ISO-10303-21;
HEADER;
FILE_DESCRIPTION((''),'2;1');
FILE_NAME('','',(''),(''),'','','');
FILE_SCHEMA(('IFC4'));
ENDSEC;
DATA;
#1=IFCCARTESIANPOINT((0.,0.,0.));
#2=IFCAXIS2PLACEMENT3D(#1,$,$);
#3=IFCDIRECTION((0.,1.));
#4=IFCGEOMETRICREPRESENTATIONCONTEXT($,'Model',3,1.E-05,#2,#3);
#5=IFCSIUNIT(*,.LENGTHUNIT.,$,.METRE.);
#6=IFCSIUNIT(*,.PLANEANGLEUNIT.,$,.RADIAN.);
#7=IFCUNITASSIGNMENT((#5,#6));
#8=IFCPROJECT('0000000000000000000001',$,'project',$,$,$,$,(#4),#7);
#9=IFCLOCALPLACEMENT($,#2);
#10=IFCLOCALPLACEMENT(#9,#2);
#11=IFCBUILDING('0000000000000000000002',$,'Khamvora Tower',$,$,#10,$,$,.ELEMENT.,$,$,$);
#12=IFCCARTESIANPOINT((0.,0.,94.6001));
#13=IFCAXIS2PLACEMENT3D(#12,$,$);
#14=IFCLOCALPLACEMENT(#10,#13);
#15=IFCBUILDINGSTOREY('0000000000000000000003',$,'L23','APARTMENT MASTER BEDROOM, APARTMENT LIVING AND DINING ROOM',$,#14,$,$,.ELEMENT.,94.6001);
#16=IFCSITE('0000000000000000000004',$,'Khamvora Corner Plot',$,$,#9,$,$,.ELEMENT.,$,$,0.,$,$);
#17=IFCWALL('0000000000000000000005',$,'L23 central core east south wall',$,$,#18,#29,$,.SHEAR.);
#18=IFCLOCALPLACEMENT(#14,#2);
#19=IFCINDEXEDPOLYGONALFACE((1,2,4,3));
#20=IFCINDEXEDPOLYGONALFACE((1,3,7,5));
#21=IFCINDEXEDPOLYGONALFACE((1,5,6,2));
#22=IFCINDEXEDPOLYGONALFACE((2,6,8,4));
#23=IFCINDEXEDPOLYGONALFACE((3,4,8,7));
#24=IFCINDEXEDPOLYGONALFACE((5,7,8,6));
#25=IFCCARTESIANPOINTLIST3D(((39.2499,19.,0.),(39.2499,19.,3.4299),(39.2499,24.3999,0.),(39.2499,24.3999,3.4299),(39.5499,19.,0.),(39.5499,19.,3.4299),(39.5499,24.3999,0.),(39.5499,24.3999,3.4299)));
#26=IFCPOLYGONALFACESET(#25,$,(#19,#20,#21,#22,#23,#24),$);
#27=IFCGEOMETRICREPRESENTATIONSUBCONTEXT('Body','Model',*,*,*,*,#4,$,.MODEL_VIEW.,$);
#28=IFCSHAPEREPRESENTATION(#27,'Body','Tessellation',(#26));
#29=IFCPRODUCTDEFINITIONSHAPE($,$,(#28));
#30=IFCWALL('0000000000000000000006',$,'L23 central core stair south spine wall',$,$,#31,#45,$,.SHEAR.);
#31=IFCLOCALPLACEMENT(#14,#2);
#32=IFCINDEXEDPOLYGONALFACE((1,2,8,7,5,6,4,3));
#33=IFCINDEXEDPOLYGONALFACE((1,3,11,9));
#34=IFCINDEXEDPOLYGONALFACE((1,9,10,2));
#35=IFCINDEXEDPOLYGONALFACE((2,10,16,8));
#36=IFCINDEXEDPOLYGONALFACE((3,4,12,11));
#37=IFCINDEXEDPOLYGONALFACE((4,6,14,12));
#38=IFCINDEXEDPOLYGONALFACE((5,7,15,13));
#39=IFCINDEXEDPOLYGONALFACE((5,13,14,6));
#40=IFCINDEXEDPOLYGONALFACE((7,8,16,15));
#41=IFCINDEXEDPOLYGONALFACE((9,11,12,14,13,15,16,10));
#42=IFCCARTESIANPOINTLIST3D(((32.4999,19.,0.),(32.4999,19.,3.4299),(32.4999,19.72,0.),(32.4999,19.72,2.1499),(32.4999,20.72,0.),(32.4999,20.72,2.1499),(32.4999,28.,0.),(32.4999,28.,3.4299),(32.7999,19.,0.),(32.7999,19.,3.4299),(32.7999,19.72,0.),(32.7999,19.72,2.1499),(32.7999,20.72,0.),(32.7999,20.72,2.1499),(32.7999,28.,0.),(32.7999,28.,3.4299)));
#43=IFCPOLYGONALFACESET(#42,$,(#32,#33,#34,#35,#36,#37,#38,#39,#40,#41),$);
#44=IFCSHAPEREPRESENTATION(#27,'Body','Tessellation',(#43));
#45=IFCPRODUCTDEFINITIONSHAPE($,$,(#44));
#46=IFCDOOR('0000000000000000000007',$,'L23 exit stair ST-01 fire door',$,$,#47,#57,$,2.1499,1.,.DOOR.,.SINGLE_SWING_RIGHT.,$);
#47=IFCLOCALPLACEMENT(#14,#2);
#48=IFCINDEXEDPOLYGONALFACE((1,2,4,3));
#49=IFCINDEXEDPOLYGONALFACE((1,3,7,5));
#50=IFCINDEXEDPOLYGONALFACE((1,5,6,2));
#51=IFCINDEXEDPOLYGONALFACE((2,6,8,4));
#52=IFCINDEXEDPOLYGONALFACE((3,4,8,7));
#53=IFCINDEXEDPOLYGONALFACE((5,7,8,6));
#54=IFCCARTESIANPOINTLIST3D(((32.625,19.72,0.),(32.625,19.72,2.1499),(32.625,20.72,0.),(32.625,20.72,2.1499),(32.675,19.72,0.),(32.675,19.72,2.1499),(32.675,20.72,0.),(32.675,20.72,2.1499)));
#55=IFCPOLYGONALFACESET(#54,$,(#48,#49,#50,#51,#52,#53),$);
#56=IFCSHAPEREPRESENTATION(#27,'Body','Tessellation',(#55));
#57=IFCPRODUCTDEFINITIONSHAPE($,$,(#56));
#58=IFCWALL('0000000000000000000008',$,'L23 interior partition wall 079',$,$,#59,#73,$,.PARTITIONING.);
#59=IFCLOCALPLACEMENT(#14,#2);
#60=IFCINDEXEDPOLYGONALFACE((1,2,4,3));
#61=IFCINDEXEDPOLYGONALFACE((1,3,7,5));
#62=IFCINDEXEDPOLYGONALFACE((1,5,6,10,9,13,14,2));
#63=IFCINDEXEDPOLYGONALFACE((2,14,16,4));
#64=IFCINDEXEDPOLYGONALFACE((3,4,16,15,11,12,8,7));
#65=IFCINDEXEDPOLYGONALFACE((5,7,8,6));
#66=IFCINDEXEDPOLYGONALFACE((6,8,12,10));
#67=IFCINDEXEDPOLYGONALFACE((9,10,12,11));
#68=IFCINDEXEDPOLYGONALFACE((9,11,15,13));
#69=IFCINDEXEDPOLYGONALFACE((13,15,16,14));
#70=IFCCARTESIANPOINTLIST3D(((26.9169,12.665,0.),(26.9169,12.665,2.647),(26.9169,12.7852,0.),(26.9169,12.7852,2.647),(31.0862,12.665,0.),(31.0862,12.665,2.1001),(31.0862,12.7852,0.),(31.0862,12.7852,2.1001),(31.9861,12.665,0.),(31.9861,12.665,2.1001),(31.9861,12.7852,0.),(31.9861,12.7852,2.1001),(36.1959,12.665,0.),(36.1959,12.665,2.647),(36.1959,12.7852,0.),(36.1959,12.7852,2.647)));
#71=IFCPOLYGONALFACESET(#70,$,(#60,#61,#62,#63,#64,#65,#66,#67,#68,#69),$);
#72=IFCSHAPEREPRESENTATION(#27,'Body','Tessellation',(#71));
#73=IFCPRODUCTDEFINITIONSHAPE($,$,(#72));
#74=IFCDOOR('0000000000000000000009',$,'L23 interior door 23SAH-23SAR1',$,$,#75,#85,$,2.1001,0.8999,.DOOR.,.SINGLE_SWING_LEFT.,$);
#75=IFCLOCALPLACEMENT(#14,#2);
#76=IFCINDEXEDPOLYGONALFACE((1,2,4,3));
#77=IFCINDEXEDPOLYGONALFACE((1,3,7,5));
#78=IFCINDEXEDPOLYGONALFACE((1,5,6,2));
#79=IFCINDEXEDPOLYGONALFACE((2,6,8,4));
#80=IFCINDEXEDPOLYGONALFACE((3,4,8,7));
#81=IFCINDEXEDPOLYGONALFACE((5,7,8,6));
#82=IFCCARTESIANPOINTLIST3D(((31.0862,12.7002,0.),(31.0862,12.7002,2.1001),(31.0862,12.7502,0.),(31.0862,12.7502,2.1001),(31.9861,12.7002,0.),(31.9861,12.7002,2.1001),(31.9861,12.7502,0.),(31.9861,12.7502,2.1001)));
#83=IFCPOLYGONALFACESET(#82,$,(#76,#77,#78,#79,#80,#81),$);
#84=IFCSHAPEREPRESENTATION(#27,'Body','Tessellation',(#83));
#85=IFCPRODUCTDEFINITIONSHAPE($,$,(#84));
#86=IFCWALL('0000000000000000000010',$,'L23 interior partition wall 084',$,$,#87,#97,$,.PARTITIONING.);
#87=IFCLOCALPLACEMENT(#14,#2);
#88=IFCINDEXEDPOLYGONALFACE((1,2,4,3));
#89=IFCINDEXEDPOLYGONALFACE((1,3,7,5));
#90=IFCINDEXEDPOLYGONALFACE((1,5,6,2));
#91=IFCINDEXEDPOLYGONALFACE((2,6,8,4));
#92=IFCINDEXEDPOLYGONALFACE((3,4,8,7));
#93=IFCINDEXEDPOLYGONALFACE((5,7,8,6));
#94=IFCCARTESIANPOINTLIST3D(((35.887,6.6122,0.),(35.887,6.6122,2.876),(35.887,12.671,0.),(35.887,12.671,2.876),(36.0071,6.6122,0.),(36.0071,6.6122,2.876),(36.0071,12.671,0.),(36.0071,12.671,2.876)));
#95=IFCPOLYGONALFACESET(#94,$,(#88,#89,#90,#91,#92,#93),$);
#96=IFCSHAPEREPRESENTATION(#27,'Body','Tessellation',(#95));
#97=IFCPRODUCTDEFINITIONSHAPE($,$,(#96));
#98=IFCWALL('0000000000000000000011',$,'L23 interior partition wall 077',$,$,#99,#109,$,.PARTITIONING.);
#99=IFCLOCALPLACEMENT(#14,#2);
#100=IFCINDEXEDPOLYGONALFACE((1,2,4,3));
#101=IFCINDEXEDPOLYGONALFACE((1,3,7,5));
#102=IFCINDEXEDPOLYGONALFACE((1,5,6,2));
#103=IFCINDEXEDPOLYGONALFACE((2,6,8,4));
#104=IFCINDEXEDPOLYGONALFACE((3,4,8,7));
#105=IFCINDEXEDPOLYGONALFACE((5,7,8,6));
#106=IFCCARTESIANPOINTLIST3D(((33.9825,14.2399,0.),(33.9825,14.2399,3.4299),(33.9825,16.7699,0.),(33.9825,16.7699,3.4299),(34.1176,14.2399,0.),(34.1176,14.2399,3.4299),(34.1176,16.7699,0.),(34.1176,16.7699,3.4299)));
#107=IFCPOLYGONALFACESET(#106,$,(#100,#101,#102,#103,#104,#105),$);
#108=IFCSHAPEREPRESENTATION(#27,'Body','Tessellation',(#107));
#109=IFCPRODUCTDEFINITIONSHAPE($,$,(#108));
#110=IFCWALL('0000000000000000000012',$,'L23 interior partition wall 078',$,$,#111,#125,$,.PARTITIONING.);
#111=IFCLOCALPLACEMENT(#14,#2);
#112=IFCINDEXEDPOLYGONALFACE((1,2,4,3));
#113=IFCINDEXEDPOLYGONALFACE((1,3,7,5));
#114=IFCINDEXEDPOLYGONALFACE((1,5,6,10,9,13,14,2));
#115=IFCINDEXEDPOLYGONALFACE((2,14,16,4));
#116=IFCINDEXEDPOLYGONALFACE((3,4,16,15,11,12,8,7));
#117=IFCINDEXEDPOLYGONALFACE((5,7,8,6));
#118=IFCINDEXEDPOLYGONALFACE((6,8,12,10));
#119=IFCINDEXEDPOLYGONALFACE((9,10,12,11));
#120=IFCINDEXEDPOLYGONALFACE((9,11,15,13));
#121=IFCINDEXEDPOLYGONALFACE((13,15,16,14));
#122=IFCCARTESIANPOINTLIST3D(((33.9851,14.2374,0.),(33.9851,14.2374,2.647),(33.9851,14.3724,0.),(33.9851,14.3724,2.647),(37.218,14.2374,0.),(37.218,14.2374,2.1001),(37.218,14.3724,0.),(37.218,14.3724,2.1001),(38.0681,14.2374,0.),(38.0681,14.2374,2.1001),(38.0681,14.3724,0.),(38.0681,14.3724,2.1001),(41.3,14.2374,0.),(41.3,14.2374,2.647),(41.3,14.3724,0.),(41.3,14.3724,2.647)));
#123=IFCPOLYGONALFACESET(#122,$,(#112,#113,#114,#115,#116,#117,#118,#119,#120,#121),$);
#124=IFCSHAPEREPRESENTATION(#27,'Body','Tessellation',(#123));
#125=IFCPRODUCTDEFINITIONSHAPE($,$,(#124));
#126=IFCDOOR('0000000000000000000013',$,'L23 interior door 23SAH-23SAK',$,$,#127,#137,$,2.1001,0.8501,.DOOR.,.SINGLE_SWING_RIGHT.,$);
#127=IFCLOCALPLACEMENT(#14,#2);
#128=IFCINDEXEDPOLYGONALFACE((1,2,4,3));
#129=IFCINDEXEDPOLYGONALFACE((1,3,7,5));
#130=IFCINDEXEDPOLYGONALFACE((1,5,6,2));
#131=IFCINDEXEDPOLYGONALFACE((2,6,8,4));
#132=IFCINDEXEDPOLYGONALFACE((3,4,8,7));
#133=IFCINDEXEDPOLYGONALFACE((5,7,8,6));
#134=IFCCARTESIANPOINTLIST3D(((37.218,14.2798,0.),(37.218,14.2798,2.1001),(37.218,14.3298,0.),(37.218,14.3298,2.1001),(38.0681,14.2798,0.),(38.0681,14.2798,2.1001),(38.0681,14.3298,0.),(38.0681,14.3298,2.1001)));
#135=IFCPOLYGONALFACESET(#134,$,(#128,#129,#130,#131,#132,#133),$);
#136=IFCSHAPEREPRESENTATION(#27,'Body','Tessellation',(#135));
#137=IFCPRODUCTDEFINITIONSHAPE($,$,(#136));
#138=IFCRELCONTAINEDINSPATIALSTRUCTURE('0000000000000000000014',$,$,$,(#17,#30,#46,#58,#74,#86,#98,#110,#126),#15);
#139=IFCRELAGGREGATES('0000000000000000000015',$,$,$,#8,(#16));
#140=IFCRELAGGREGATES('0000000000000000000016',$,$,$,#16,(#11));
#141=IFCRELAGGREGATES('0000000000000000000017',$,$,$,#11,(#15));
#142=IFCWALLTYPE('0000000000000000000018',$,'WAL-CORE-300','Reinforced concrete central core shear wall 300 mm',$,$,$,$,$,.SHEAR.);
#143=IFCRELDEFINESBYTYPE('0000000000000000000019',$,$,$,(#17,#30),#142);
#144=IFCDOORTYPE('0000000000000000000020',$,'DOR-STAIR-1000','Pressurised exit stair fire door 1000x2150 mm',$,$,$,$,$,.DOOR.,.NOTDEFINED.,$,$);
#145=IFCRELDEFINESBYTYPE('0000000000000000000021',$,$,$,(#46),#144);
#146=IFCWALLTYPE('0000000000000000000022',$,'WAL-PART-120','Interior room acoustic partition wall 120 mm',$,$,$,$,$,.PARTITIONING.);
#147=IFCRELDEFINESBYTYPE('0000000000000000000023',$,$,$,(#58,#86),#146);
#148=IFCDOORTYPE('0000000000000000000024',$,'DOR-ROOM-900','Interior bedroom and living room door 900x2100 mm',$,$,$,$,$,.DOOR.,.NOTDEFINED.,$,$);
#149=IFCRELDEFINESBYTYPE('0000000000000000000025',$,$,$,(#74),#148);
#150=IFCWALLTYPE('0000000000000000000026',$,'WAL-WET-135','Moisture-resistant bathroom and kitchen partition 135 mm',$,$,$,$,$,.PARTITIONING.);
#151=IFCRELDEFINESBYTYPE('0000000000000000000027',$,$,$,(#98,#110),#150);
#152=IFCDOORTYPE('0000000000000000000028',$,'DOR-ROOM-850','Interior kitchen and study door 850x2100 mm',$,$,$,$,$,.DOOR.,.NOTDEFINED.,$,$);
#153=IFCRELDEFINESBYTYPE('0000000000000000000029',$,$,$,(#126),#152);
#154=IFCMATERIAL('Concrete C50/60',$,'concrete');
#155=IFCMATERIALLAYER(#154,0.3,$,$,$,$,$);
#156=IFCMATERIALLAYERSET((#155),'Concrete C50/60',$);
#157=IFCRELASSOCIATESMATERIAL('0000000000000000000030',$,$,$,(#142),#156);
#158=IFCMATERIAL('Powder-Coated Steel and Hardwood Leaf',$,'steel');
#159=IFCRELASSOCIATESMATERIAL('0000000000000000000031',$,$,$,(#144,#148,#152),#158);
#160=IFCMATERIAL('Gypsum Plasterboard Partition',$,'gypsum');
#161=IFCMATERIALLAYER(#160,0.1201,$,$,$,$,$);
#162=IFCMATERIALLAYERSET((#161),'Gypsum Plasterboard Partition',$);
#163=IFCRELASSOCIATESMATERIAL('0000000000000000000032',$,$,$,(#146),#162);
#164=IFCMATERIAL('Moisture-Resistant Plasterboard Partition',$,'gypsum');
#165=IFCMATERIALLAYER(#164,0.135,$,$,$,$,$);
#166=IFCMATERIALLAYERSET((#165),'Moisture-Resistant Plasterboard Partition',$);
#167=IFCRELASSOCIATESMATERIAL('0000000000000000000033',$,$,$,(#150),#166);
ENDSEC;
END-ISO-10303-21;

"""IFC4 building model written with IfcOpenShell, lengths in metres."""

from ifc_helpers import new_model, si_unit, direction, frame, frame_2d, origin, place, context, subcontext, project, spatial, rectangle, extrude, material, layer, layer_set, type_object, element, fill, save


model = new_model("IFC4")

# Units and contexts
model_context = context("Model", 3, precision=1e-05, world=origin(), true_north=direction((0.0, 1.0)))
body_context = subcontext(model_context, "Body", "Model", "MODEL_VIEW")
ifc_project = project(units=[si_unit("LENGTHUNIT", "METRE"), si_unit("PLANEANGLEUNIT", "RADIAN")], contexts=[model_context])

# Site, building, storey
site_placement = place(None, origin())
site = spatial("IfcSite", under=ifc_project, at=site_placement, Name="Khamvora Corner Plot", CompositionType="ELEMENT", RefElevation=0.0)
building_placement = place(site_placement, origin())
building = spatial("IfcBuilding", under=site, at=building_placement, Name="Khamvora Tower", CompositionType="ELEMENT")
storey_placement = place(building_placement, frame((0.0, 0.0, 94.6001)))
storey = spatial("IfcBuildingStorey", under=building, at=storey_placement, Name="L23", Description="APARTMENT MASTER BEDROOM, APARTMENT LIVING AND DINING ROOM", CompositionType="ELEMENT", Elevation=94.6001)

# Wall
ifc_material_1 = material(Name="Concrete C50/60", Category="concrete")
ifc_layer_1 = layer(ifc_material_1, 0.3)
ifc_layer_set_1 = layer_set([ifc_layer_1], Name="Concrete C50/60")
wall_type_1 = type_object("IfcWallType", Name="WAL-CORE-300", Description="Reinforced concrete central core shear wall 300 mm", PredefinedType="SHEAR", material=ifc_layer_set_1)
wall_1_placement = place(storey_placement, frame((39.3999, 19.0, 0.0), z_axis=(0.0, 0.0, 1.0), x_axis=(0.0, 1.0, 0.0)))
element("IfcWall", 1, at=wall_1_placement, inside=storey, type_object=wall_type_1, Name="L23 central core east south wall", PredefinedType="SHEAR", context=body_context, shape_type="SweptSolid", body=[
    extrude(rectangle(XDim=5.3999, YDim=0.3, at=frame_2d((2.7, 0.0))), origin(), (0.0, 0.0, 1.0), 3.4299),
])

# Walls, openings, doors
wall_2_placement = place(storey_placement, frame((32.6499, 19.0, 0.0), z_axis=(0.0, 0.0, 1.0), x_axis=(0.0, 1.0, 0.0)))
wall_2 = element("IfcWall", 2, at=wall_2_placement, inside=storey, type_object=wall_type_1, Name="L23 central core stair south spine wall", PredefinedType="SHEAR", context=body_context, shape_type="SweptSolid", body=[
    extrude(rectangle(XDim=9.0, YDim=0.3, at=frame_2d((4.5, 0.0))), origin(), (0.0, 0.0, 1.0), 3.4299),
])
opening_1_placement = place(wall_2_placement, frame((0.72, 0.0, 0.0)))
opening_1 = element("IfcOpeningElement", 3, at=opening_1_placement, cuts=wall_2, PredefinedType="OPENING", context=body_context, shape_type="SweptSolid", body=[
    extrude(rectangle(XDim=1.0, YDim=2.1499, at=frame_2d((0.5, 1.075))), frame((0.0, 0.1599, 0.0), z_axis=(0.0, -1.0, 0.0), x_axis=(1.0, 0.0, 0.0)), (0.0, 0.0, 1.0), 0.3201),
])
ifc_material_2 = material(Name="Powder-Coated Steel and Hardwood Leaf", Category="steel")
door_type_1 = type_object("IfcDoorType", Name="DOR-STAIR-1000", Description="Pressurised exit stair fire door 1000x2150 mm", OperationType="NOTDEFINED", PredefinedType="DOOR", material=ifc_material_2)
door_1_placement = place(opening_1_placement, origin())
door_1 = element("IfcDoor", 4, at=door_1_placement, inside=storey, type_object=door_type_1, Name="L23 exit stair ST-01 fire door", OperationType="SINGLE_SWING_RIGHT", OverallHeight=2.1499, OverallWidth=1.0, PredefinedType="DOOR", context=body_context, shape_type="SweptSolid", body=[
    extrude(rectangle(XDim=1.0, YDim=2.1499, at=frame_2d((0.5, 1.075))), frame((0.0, 0.0249, 0.0), z_axis=(0.0, -1.0, 0.0), x_axis=(1.0, 0.0, 0.0)), (0.0, 0.0, 1.0), 0.05),
])
fill(opening_1, door_1)
ifc_material_3 = material(Name="Gypsum Plasterboard Partition", Category="gypsum")
ifc_layer_2 = layer(ifc_material_3, 0.1201)
ifc_layer_set_2 = layer_set([ifc_layer_2], Name="Gypsum Plasterboard Partition")
wall_type_2 = type_object("IfcWallType", Name="WAL-PART-120", Description="Interior room acoustic partition wall 120 mm", PredefinedType="PARTITIONING", material=ifc_layer_set_2)
wall_3_placement = place(storey_placement, frame((36.196, 12.7251, 0.0), z_axis=(0.0, 0.0, 1.0), x_axis=(-1.0, 0.0, 0.0)))
wall_3 = element("IfcWall", 5, at=wall_3_placement, inside=storey, type_object=wall_type_2, Name="L23 interior partition wall 079", PredefinedType="PARTITIONING", context=body_context, shape_type="SweptSolid", body=[
    extrude(rectangle(XDim=9.2791, YDim=0.1201, at=frame_2d((4.6396, 0.0))), origin(), (0.0, 0.0, 1.0), 2.647),
])
opening_2_placement = place(wall_3_placement, frame((4.21, 0.0, 0.0)))
opening_2 = element("IfcOpeningElement", 6, at=opening_2_placement, cuts=wall_3, PredefinedType="OPENING", context=body_context, shape_type="SweptSolid", body=[
    extrude(rectangle(XDim=0.8999, YDim=2.1001, at=frame_2d((0.45, 1.05))), frame((0.0, 0.0701, 0.0), z_axis=(0.0, -1.0, 0.0), x_axis=(1.0, 0.0, 0.0)), (0.0, 0.0, 1.0), 0.1401),
])
door_type_2 = type_object("IfcDoorType", Name="DOR-ROOM-900", Description="Interior bedroom and living room door 900x2100 mm", OperationType="NOTDEFINED", PredefinedType="DOOR", material=ifc_material_2)
door_2_placement = place(opening_2_placement, origin())
door_2 = element("IfcDoor", 7, at=door_2_placement, inside=storey, type_object=door_type_2, Name="L23 interior door 23SAH-23SAR1", OperationType="SINGLE_SWING_LEFT", OverallHeight=2.1001, OverallWidth=0.8999, PredefinedType="DOOR", context=body_context, shape_type="SweptSolid", body=[
    extrude(rectangle(XDim=0.8999, YDim=2.1001, at=frame_2d((0.45, 1.05))), frame((0.0, 0.0249, 0.0), z_axis=(0.0, -1.0, 0.0), x_axis=(1.0, 0.0, 0.0)), (0.0, 0.0, 1.0), 0.05),
])
fill(opening_2, door_2)

# Walls
wall_4_placement = place(storey_placement, frame((35.947, 12.6709, 0.0), z_axis=(0.0, 0.0, 1.0), x_axis=(0.0, -1.0, 0.0)))
element("IfcWall", 8, at=wall_4_placement, inside=storey, type_object=wall_type_2, Name="L23 interior partition wall 084", PredefinedType="PARTITIONING", context=body_context, shape_type="SweptSolid", body=[
    extrude(rectangle(XDim=6.0588, YDim=0.1201, at=frame_2d((3.0293, 0.0))), origin(), (0.0, 0.0, 1.0), 2.876),
])
ifc_material_4 = material(Name="Moisture-Resistant Plasterboard Partition", Category="gypsum")
ifc_layer_3 = layer(ifc_material_4, 0.135)
ifc_layer_set_3 = layer_set([ifc_layer_3], Name="Moisture-Resistant Plasterboard Partition")
wall_type_3 = type_object("IfcWallType", Name="WAL-WET-135", Description="Moisture-resistant bathroom and kitchen partition 135 mm", PredefinedType="PARTITIONING", material=ifc_layer_set_3)
wall_5_placement = place(storey_placement, frame((34.05, 16.77, 0.0), z_axis=(0.0, 0.0, 1.0), x_axis=(0.0, -1.0, 0.0)))
element("IfcWall", 9, at=wall_5_placement, inside=storey, type_object=wall_type_3, Name="L23 interior partition wall 077", PredefinedType="PARTITIONING", context=body_context, shape_type="SweptSolid", body=[
    extrude(rectangle(XDim=2.53, YDim=0.135, at=frame_2d((1.2651, 0.0))), origin(), (0.0, 0.0, 1.0), 3.4299),
])

# Wall, opening, door
wall_6_placement = place(storey_placement, frame((33.9851, 14.3049, 0.0), z_axis=(0.0, 0.0, 1.0), x_axis=(1.0, 0.0, 0.0)))
wall_6 = element("IfcWall", 10, at=wall_6_placement, inside=storey, type_object=wall_type_3, Name="L23 interior partition wall 078", PredefinedType="PARTITIONING", context=body_context, shape_type="SweptSolid", body=[
    extrude(rectangle(XDim=7.3149, YDim=0.135, at=frame_2d((3.6575, 0.0))), origin(), (0.0, 0.0, 1.0), 2.647),
])
opening_3_placement = place(wall_6_placement, frame((3.2329, 0.0, 0.0)))
opening_3 = element("IfcOpeningElement", 11, at=opening_3_placement, cuts=wall_6, PredefinedType="OPENING", context=body_context, shape_type="SweptSolid", body=[
    extrude(rectangle(XDim=0.8501, YDim=2.1001, at=frame_2d((0.425, 1.05))), frame((0.0, 0.0774, 0.0), z_axis=(0.0, -1.0, 0.0), x_axis=(1.0, 0.0, 0.0)), (0.0, 0.0, 1.0), 0.155),
])
door_type_3 = type_object("IfcDoorType", Name="DOR-ROOM-850", Description="Interior kitchen and study door 850x2100 mm", OperationType="NOTDEFINED", PredefinedType="DOOR", material=ifc_material_2)
door_3_placement = place(opening_3_placement, origin())
door_3 = element("IfcDoor", 12, at=door_3_placement, inside=storey, type_object=door_type_3, Name="L23 interior door 23SAH-23SAK", OperationType="SINGLE_SWING_RIGHT", OverallHeight=2.1001, OverallWidth=0.8501, PredefinedType="DOOR", context=body_context, shape_type="SweptSolid", body=[
    extrude(rectangle(XDim=0.8501, YDim=2.1001, at=frame_2d((0.425, 1.05))), frame((0.0, 0.0249, 0.0), z_axis=(0.0, -1.0, 0.0), x_axis=(1.0, 0.0, 0.0)), (0.0, 0.0, 1.0), 0.05),
])
fill(opening_3, door_3)

save(model, "model.ifc")
